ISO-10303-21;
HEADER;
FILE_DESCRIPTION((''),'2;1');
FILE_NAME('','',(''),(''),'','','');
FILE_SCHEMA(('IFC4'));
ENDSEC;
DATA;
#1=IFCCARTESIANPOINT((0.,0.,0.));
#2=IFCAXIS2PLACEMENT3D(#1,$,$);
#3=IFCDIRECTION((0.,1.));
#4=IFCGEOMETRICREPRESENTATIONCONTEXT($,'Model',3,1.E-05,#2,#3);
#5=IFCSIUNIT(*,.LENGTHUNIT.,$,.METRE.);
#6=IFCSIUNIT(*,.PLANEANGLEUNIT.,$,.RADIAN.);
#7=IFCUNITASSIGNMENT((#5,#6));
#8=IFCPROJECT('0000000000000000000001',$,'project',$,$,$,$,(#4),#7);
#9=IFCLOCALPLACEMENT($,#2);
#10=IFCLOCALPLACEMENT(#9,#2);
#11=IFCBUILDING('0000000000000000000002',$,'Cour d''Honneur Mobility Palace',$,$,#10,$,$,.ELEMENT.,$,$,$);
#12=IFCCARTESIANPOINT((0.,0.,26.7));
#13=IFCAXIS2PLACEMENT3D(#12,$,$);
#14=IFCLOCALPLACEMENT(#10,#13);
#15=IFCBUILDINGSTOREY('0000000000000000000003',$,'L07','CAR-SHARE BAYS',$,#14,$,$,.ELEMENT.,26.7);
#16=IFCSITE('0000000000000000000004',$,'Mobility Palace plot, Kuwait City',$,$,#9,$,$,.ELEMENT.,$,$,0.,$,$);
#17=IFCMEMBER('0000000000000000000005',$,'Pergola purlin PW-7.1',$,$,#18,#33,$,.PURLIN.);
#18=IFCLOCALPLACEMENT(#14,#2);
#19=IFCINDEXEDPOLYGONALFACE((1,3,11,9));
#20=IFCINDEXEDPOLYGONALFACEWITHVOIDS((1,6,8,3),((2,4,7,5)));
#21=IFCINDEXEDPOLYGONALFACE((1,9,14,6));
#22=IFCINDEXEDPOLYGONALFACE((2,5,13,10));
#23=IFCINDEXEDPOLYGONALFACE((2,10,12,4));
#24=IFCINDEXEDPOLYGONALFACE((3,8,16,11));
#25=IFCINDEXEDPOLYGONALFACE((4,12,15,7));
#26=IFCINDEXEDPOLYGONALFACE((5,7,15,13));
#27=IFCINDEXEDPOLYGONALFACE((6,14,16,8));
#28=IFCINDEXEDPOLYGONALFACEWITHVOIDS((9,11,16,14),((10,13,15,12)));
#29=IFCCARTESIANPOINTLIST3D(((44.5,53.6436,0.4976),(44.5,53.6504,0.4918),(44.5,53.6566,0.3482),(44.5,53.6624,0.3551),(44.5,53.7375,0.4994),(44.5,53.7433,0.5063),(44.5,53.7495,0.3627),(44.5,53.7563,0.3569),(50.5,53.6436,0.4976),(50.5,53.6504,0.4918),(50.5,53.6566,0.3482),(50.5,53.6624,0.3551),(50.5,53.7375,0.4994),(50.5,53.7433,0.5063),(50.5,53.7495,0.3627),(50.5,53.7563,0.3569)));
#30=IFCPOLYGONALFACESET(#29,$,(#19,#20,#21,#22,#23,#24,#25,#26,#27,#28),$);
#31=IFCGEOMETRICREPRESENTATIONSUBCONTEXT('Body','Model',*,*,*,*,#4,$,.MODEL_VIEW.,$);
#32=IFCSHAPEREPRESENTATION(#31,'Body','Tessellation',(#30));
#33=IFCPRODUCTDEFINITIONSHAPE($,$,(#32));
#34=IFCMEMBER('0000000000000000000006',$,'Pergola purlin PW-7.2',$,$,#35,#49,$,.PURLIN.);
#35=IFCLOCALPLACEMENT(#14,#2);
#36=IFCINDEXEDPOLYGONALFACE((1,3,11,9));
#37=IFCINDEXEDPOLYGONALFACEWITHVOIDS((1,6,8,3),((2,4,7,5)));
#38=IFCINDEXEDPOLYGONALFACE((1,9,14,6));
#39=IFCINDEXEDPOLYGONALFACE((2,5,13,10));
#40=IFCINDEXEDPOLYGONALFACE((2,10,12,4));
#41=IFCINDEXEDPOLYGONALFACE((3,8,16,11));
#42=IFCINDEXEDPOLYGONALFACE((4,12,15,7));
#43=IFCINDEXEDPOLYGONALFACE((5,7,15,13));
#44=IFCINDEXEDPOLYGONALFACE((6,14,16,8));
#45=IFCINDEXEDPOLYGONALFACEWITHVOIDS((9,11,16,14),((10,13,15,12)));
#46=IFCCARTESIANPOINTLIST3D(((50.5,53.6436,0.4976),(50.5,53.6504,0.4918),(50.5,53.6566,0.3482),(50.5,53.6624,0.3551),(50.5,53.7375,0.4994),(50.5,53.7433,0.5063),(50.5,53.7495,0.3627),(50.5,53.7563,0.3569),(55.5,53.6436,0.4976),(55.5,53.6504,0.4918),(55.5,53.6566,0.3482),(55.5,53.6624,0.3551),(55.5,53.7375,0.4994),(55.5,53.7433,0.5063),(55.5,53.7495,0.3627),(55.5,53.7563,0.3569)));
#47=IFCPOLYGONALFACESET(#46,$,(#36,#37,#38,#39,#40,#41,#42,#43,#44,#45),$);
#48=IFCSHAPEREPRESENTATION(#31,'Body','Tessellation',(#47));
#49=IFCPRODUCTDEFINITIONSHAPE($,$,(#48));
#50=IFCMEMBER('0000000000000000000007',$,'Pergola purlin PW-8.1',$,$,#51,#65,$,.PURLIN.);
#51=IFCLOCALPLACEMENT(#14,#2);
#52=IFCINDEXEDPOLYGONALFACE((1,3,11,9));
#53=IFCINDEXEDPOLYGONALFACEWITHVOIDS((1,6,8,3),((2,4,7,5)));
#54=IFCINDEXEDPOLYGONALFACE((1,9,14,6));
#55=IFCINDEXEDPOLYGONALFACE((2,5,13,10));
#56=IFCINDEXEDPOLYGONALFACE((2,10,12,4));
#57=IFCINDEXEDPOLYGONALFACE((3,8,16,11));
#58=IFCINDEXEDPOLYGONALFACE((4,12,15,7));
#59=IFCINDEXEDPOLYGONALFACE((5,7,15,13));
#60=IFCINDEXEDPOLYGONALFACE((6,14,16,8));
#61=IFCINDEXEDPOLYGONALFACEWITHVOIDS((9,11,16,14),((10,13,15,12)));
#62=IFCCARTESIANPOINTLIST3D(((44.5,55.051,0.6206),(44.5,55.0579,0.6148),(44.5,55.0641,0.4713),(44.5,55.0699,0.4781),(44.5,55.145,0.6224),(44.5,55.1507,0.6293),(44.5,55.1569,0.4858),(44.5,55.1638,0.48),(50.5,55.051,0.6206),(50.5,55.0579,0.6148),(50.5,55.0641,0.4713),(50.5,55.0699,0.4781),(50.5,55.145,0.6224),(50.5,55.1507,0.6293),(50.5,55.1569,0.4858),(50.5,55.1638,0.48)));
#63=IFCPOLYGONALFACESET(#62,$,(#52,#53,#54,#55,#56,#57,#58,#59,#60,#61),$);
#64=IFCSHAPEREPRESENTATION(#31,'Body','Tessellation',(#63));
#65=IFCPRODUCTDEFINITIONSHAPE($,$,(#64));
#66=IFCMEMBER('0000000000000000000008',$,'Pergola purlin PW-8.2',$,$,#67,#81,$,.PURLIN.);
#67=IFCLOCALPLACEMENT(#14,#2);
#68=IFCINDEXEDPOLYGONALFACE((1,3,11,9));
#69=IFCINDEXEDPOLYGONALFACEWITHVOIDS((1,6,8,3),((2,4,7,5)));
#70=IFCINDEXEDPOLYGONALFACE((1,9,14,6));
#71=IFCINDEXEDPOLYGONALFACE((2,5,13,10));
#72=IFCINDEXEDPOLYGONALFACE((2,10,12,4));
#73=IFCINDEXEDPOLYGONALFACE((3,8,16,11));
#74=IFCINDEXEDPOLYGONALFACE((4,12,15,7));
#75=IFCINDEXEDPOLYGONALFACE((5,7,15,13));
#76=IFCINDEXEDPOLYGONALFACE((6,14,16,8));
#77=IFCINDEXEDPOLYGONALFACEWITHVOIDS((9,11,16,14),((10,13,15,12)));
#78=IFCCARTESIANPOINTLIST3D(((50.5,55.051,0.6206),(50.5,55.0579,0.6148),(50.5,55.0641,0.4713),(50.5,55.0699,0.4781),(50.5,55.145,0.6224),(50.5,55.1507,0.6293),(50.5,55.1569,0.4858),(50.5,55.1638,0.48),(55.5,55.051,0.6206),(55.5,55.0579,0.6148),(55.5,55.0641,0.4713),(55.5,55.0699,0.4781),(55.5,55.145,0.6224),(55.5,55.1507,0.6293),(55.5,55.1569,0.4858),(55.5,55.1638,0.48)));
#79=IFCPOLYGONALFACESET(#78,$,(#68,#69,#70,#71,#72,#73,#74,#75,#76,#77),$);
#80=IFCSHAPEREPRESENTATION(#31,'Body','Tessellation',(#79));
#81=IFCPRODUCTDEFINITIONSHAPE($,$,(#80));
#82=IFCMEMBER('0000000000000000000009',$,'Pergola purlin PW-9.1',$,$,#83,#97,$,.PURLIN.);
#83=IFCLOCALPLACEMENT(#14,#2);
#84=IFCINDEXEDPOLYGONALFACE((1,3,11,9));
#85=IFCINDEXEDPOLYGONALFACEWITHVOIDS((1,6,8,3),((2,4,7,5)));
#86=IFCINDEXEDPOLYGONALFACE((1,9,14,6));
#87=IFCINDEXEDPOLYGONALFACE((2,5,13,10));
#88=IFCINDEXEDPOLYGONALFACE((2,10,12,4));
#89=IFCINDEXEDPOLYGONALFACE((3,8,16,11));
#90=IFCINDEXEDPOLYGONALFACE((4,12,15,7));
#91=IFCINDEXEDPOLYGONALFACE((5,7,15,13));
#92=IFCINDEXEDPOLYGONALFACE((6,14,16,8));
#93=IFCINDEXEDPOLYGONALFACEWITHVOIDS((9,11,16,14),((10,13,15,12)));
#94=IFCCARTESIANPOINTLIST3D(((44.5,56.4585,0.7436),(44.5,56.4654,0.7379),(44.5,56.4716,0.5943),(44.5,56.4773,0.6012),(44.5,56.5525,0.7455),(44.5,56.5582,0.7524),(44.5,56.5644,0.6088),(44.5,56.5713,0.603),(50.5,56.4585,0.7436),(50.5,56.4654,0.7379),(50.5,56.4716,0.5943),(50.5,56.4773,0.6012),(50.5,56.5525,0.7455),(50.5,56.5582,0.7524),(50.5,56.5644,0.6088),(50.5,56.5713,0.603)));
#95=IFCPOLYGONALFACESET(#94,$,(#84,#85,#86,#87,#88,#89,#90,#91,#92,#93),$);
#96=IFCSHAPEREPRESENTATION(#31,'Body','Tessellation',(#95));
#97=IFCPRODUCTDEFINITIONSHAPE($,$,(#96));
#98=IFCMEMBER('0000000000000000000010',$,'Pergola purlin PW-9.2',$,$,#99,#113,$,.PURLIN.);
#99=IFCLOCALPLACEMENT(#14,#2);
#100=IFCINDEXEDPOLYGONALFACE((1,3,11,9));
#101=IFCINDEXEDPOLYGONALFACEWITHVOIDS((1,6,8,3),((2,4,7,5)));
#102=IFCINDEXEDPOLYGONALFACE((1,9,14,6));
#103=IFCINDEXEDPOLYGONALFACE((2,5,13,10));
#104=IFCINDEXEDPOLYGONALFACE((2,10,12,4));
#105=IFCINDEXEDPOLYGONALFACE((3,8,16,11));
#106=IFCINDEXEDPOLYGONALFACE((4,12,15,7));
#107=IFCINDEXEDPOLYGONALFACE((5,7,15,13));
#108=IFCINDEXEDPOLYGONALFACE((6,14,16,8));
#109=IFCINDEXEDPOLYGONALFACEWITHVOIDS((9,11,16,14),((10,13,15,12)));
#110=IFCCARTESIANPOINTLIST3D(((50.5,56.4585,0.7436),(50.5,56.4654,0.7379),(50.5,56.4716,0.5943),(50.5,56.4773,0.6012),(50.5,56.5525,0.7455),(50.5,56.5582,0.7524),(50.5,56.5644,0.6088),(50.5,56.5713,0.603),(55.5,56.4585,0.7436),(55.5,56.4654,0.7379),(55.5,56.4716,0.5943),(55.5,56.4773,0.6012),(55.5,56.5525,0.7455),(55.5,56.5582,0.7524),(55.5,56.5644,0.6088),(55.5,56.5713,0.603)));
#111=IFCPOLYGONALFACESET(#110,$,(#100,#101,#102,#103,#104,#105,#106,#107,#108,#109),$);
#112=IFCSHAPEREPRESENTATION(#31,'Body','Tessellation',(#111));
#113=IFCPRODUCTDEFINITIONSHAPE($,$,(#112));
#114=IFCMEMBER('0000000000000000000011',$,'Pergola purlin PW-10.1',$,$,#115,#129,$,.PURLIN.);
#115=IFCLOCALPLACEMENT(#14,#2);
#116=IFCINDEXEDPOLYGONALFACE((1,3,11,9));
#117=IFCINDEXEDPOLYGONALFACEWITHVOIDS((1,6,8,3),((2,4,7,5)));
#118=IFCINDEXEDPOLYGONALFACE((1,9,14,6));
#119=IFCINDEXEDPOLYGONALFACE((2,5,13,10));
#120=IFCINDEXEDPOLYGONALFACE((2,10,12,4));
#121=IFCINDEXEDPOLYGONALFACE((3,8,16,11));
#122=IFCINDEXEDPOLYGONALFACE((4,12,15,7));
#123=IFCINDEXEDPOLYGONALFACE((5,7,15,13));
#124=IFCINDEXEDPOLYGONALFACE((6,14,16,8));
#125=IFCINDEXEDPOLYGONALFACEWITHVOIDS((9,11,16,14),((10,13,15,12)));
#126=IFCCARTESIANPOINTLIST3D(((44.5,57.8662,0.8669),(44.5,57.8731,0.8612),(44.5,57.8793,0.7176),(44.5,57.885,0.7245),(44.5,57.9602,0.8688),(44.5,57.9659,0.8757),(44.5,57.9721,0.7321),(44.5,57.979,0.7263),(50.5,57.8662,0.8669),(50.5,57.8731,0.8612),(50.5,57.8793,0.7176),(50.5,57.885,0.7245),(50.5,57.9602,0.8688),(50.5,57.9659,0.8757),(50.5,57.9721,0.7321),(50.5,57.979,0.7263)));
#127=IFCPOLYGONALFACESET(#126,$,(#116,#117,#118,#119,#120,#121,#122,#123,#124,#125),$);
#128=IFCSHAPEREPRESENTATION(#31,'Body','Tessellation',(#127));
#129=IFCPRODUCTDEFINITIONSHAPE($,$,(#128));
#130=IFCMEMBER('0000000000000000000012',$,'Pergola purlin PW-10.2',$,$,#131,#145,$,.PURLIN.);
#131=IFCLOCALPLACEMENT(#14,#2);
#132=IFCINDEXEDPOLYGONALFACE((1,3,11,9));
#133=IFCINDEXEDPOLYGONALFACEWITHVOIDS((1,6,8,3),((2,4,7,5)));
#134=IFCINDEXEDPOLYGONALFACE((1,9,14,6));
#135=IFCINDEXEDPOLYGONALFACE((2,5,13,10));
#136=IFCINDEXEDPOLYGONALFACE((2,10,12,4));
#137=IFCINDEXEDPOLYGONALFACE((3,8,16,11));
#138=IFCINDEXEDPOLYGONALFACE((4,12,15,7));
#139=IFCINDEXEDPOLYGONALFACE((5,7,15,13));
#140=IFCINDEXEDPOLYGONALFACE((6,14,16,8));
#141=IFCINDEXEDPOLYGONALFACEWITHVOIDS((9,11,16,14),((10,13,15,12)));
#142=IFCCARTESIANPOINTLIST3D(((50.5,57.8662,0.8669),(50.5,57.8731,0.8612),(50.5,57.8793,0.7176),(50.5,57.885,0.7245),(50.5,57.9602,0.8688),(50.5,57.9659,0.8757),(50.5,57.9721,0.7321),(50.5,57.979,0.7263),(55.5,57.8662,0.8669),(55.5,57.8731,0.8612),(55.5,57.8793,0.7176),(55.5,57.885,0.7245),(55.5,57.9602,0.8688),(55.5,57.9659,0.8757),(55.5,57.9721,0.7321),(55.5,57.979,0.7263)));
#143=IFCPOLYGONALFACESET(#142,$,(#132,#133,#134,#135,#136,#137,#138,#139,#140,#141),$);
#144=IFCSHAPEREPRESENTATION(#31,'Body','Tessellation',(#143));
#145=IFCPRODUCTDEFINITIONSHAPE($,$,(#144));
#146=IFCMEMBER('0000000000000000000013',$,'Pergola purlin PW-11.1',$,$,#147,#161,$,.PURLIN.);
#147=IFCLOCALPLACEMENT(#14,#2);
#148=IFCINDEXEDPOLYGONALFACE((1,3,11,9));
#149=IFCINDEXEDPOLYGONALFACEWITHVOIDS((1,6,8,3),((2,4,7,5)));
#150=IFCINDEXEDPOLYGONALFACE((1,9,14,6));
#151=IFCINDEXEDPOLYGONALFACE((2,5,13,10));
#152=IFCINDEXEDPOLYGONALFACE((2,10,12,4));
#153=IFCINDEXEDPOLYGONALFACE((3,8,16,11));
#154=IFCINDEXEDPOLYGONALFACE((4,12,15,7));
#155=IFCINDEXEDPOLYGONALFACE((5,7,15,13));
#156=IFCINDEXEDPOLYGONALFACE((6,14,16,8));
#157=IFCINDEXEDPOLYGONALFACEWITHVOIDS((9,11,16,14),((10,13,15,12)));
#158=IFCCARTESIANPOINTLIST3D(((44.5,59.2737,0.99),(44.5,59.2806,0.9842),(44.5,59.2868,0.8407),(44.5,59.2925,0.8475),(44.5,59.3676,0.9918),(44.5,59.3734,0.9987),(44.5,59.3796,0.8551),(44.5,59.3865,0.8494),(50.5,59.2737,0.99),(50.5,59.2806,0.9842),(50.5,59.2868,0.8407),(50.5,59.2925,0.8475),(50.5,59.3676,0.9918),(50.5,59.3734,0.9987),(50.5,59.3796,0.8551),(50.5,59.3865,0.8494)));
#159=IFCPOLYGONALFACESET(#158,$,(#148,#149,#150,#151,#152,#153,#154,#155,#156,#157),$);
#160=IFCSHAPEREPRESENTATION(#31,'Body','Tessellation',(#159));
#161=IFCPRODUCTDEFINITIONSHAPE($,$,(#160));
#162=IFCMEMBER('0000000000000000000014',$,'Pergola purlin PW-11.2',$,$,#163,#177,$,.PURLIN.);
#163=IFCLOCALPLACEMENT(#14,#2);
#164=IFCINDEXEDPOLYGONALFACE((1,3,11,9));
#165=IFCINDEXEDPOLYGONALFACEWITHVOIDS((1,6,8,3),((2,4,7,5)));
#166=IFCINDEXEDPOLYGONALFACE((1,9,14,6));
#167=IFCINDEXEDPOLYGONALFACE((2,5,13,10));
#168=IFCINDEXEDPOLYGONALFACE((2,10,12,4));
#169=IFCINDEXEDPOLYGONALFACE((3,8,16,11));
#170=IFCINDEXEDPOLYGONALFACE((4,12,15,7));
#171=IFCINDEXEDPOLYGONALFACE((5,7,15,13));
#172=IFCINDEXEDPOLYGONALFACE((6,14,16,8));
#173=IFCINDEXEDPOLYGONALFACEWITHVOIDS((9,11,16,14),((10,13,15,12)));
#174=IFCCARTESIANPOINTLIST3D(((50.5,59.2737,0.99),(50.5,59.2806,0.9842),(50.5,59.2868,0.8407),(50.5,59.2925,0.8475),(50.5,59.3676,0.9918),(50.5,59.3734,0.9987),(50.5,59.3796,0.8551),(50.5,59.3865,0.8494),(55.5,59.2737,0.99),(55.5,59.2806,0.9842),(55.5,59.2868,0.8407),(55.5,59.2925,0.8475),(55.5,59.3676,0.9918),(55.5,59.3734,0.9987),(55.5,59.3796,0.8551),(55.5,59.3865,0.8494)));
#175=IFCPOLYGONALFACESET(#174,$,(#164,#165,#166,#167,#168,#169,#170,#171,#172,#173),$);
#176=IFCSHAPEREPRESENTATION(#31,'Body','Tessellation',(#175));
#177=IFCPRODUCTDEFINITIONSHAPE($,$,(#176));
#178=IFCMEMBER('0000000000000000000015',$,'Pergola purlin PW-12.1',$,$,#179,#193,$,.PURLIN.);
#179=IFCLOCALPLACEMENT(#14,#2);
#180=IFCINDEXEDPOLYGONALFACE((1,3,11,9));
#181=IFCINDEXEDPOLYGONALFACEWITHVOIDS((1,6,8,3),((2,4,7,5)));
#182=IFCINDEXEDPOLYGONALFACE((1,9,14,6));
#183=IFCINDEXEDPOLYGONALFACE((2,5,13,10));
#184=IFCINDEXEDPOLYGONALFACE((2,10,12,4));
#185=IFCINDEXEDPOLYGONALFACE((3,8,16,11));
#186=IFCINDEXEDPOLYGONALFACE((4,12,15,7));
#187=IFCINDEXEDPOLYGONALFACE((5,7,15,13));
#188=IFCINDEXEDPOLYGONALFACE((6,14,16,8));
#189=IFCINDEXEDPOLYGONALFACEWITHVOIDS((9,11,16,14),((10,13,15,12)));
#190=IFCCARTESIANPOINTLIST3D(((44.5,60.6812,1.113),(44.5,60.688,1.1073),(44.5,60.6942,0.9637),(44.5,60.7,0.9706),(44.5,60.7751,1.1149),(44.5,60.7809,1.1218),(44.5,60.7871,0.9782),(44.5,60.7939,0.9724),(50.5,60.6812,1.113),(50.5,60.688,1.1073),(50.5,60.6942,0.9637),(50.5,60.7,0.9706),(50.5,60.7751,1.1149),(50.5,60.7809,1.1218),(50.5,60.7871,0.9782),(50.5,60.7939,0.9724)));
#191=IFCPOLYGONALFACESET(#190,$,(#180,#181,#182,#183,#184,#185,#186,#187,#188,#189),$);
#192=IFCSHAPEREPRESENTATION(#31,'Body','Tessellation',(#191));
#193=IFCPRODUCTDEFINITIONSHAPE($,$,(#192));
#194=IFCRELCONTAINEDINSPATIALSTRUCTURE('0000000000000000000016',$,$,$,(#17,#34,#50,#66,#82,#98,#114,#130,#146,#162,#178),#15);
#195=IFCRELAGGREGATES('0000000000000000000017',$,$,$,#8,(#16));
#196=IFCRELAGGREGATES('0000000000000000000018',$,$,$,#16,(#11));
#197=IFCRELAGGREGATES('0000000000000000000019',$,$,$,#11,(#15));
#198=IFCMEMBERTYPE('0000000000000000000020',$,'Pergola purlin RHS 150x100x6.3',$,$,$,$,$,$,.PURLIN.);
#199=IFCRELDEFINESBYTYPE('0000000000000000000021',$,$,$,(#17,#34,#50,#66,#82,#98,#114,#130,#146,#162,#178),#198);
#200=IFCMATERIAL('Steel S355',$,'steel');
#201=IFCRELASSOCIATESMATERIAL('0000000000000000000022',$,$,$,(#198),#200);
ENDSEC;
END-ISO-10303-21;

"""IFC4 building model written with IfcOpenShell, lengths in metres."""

from ifc_helpers import new_model, si_unit, direction, frame, origin, origin_2d, place, context, subcontext, project, spatial, hollow_rectangle, extrude, material, material_profile, profile_set, type_object, element, save


model = new_model("IFC4")

# Units and contexts
model_context = context("Model", 3, precision=1e-05, world=origin(), true_north=direction((0.0, 1.0)))
body_context = subcontext(model_context, "Body", "Model", "MODEL_VIEW")
ifc_project = project(units=[si_unit("LENGTHUNIT", "METRE"), si_unit("PLANEANGLEUNIT", "RADIAN")], contexts=[model_context])

# Site, building, storey
site_placement = place(None, origin())
site = spatial("IfcSite", under=ifc_project, at=site_placement, Name="Mobility Palace plot, Kuwait City", CompositionType="ELEMENT", RefElevation=0.0)
building_placement = place(site_placement, origin())
building = spatial("IfcBuilding", under=site, at=building_placement, Name="Cour d'Honneur Mobility Palace", CompositionType="ELEMENT")
storey_placement = place(building_placement, frame((0.0, 0.0, 26.7)))
storey = spatial("IfcBuildingStorey", under=building, at=storey_placement, Name="L07", Description="CAR-SHARE BAYS", CompositionType="ELEMENT", Elevation=26.7)

# Members
ifc_material_1 = material(Name="Steel S355", Category="steel")
ifc_material_profile = material_profile(ifc_material_1, hollow_rectangle(XDim=0.1001, YDim=0.1499, WallThickness=0.0063, at=origin_2d()), Name="RHS 150x100x6.3")
ifc_profile_set = profile_set([ifc_material_profile], Name="Steel S355")
member_type = type_object("IfcMemberType", Name="Pergola purlin RHS 150x100x6.3", PredefinedType="PURLIN", material=ifc_profile_set)
member_1_placement = place(storey_placement, frame((44.5, 53.7, 0.4272), z_axis=(1.0, 0.0, 0.0), x_axis=(0.0, 0.996197, 0.087131)))
element("IfcMember", 1, at=member_1_placement, inside=storey, type_object=member_type, Name="Pergola purlin PW-7.1", PredefinedType="PURLIN", context=body_context, shape_type="SweptSolid", body=[
    extrude(hollow_rectangle(XDim=0.1001, YDim=0.1499, WallThickness=0.0063, at=origin_2d()), origin(), (0.0, 0.0, 1.0), 6.0),
])
member_2_placement = place(storey_placement, frame((50.5, 53.7, 0.4272), z_axis=(1.0, 0.0, 0.0), x_axis=(0.0, 0.996197, 0.087131)))
element("IfcMember", 2, at=member_2_placement, inside=storey, type_object=member_type, Name="Pergola purlin PW-7.2", PredefinedType="PURLIN", context=body_context, shape_type="SweptSolid", body=[
    extrude(hollow_rectangle(XDim=0.1001, YDim=0.1499, WallThickness=0.0063, at=origin_2d()), origin(), (0.0, 0.0, 1.0), 5.0),
])
member_3_placement = place(storey_placement, frame((44.5, 55.1074, 0.5503), z_axis=(1.0, 0.0, 0.0), x_axis=(0.0, 0.996197, 0.087131)))
element("IfcMember", 3, at=member_3_placement, inside=storey, type_object=member_type, Name="Pergola purlin PW-8.1", PredefinedType="PURLIN", context=body_context, shape_type="SweptSolid", body=[
    extrude(hollow_rectangle(XDim=0.1001, YDim=0.1499, WallThickness=0.0063, at=origin_2d()), origin(), (0.0, 0.0, 1.0), 6.0),
])
member_4_placement = place(storey_placement, frame((50.5, 55.1074, 0.5503), z_axis=(1.0, 0.0, 0.0), x_axis=(0.0, 0.996197, 0.087131)))
element("IfcMember", 4, at=member_4_placement, inside=storey, type_object=member_type, Name="Pergola purlin PW-8.2", PredefinedType="PURLIN", context=body_context, shape_type="SweptSolid", body=[
    extrude(hollow_rectangle(XDim=0.1001, YDim=0.1499, WallThickness=0.0063, at=origin_2d()), origin(), (0.0, 0.0, 1.0), 5.0),
])
member_5_placement = place(storey_placement, frame((44.5, 56.5149, 0.6733), z_axis=(1.0, 0.0, 0.0), x_axis=(0.0, 0.996197, 0.087131)))
element("IfcMember", 5, at=member_5_placement, inside=storey, type_object=member_type, Name="Pergola purlin PW-9.1", PredefinedType="PURLIN", context=body_context, shape_type="SweptSolid", body=[
    extrude(hollow_rectangle(XDim=0.1001, YDim=0.1499, WallThickness=0.0063, at=origin_2d()), origin(), (0.0, 0.0, 1.0), 6.0),
])
member_6_placement = place(storey_placement, frame((50.5, 56.5149, 0.6733), z_axis=(1.0, 0.0, 0.0), x_axis=(0.0, 0.996197, 0.087131)))
element("IfcMember", 6, at=member_6_placement, inside=storey, type_object=member_type, Name="Pergola purlin PW-9.2", PredefinedType="PURLIN", context=body_context, shape_type="SweptSolid", body=[
    extrude(hollow_rectangle(XDim=0.1001, YDim=0.1499, WallThickness=0.0063, at=origin_2d()), origin(), (0.0, 0.0, 1.0), 5.0),
])
member_7_placement = place(storey_placement, frame((44.5, 57.9226, 0.7966), z_axis=(1.0, 0.0, 0.0), x_axis=(0.0, 0.996197, 0.087131)))
element("IfcMember", 7, at=member_7_placement, inside=storey, type_object=member_type, Name="Pergola purlin PW-10.1", PredefinedType="PURLIN", context=body_context, shape_type="SweptSolid", body=[
    extrude(hollow_rectangle(XDim=0.1001, YDim=0.1499, WallThickness=0.0063, at=origin_2d()), origin(), (0.0, 0.0, 1.0), 6.0),
])
member_8_placement = place(storey_placement, frame((50.5, 57.9226, 0.7966), z_axis=(1.0, 0.0, 0.0), x_axis=(0.0, 0.996197, 0.087131)))
element("IfcMember", 8, at=member_8_placement, inside=storey, type_object=member_type, Name="Pergola purlin PW-10.2", PredefinedType="PURLIN", context=body_context, shape_type="SweptSolid", body=[
    extrude(hollow_rectangle(XDim=0.1001, YDim=0.1499, WallThickness=0.0063, at=origin_2d()), origin(), (0.0, 0.0, 1.0), 5.0),
])
member_9_placement = place(storey_placement, frame((44.5, 59.3301, 0.9197), z_axis=(1.0, 0.0, 0.0), x_axis=(0.0, 0.996197, 0.087131)))
element("IfcMember", 9, at=member_9_placement, inside=storey, type_object=member_type, Name="Pergola purlin PW-11.1", PredefinedType="PURLIN", context=body_context, shape_type="SweptSolid", body=[
    extrude(hollow_rectangle(XDim=0.1001, YDim=0.1499, WallThickness=0.0063, at=origin_2d()), origin(), (0.0, 0.0, 1.0), 6.0),
])
member_10_placement = place(storey_placement, frame((50.5, 59.3301, 0.9197), z_axis=(1.0, 0.0, 0.0), x_axis=(0.0, 0.996197, 0.087131)))
element("IfcMember", 10, at=member_10_placement, inside=storey, type_object=member_type, Name="Pergola purlin PW-11.2", PredefinedType="PURLIN", context=body_context, shape_type="SweptSolid", body=[
    extrude(hollow_rectangle(XDim=0.1001, YDim=0.1499, WallThickness=0.0063, at=origin_2d()), origin(), (0.0, 0.0, 1.0), 5.0),
])
for number, where, z_axis, x_axis, name in (
    (11, (44.5, 60.7375, 1.0427), (1.0, 0.0, 0.0), (0.0, 0.996197, 0.087131), "Pergola purlin PW-12.1"),
):
    element("IfcMember", number, at=place(storey_placement, frame(where, z_axis=z_axis, x_axis=x_axis)), inside=storey, type_object=member_type, Name=name, PredefinedType="PURLIN", context=body_context, shape_type="SweptSolid", body=[
        extrude(hollow_rectangle(XDim=0.1001, YDim=0.1499, WallThickness=0.0063, at=origin_2d()), origin(), (0.0, 0.0, 1.0), 6.0),
    ])

save(model, "model.ifc")
